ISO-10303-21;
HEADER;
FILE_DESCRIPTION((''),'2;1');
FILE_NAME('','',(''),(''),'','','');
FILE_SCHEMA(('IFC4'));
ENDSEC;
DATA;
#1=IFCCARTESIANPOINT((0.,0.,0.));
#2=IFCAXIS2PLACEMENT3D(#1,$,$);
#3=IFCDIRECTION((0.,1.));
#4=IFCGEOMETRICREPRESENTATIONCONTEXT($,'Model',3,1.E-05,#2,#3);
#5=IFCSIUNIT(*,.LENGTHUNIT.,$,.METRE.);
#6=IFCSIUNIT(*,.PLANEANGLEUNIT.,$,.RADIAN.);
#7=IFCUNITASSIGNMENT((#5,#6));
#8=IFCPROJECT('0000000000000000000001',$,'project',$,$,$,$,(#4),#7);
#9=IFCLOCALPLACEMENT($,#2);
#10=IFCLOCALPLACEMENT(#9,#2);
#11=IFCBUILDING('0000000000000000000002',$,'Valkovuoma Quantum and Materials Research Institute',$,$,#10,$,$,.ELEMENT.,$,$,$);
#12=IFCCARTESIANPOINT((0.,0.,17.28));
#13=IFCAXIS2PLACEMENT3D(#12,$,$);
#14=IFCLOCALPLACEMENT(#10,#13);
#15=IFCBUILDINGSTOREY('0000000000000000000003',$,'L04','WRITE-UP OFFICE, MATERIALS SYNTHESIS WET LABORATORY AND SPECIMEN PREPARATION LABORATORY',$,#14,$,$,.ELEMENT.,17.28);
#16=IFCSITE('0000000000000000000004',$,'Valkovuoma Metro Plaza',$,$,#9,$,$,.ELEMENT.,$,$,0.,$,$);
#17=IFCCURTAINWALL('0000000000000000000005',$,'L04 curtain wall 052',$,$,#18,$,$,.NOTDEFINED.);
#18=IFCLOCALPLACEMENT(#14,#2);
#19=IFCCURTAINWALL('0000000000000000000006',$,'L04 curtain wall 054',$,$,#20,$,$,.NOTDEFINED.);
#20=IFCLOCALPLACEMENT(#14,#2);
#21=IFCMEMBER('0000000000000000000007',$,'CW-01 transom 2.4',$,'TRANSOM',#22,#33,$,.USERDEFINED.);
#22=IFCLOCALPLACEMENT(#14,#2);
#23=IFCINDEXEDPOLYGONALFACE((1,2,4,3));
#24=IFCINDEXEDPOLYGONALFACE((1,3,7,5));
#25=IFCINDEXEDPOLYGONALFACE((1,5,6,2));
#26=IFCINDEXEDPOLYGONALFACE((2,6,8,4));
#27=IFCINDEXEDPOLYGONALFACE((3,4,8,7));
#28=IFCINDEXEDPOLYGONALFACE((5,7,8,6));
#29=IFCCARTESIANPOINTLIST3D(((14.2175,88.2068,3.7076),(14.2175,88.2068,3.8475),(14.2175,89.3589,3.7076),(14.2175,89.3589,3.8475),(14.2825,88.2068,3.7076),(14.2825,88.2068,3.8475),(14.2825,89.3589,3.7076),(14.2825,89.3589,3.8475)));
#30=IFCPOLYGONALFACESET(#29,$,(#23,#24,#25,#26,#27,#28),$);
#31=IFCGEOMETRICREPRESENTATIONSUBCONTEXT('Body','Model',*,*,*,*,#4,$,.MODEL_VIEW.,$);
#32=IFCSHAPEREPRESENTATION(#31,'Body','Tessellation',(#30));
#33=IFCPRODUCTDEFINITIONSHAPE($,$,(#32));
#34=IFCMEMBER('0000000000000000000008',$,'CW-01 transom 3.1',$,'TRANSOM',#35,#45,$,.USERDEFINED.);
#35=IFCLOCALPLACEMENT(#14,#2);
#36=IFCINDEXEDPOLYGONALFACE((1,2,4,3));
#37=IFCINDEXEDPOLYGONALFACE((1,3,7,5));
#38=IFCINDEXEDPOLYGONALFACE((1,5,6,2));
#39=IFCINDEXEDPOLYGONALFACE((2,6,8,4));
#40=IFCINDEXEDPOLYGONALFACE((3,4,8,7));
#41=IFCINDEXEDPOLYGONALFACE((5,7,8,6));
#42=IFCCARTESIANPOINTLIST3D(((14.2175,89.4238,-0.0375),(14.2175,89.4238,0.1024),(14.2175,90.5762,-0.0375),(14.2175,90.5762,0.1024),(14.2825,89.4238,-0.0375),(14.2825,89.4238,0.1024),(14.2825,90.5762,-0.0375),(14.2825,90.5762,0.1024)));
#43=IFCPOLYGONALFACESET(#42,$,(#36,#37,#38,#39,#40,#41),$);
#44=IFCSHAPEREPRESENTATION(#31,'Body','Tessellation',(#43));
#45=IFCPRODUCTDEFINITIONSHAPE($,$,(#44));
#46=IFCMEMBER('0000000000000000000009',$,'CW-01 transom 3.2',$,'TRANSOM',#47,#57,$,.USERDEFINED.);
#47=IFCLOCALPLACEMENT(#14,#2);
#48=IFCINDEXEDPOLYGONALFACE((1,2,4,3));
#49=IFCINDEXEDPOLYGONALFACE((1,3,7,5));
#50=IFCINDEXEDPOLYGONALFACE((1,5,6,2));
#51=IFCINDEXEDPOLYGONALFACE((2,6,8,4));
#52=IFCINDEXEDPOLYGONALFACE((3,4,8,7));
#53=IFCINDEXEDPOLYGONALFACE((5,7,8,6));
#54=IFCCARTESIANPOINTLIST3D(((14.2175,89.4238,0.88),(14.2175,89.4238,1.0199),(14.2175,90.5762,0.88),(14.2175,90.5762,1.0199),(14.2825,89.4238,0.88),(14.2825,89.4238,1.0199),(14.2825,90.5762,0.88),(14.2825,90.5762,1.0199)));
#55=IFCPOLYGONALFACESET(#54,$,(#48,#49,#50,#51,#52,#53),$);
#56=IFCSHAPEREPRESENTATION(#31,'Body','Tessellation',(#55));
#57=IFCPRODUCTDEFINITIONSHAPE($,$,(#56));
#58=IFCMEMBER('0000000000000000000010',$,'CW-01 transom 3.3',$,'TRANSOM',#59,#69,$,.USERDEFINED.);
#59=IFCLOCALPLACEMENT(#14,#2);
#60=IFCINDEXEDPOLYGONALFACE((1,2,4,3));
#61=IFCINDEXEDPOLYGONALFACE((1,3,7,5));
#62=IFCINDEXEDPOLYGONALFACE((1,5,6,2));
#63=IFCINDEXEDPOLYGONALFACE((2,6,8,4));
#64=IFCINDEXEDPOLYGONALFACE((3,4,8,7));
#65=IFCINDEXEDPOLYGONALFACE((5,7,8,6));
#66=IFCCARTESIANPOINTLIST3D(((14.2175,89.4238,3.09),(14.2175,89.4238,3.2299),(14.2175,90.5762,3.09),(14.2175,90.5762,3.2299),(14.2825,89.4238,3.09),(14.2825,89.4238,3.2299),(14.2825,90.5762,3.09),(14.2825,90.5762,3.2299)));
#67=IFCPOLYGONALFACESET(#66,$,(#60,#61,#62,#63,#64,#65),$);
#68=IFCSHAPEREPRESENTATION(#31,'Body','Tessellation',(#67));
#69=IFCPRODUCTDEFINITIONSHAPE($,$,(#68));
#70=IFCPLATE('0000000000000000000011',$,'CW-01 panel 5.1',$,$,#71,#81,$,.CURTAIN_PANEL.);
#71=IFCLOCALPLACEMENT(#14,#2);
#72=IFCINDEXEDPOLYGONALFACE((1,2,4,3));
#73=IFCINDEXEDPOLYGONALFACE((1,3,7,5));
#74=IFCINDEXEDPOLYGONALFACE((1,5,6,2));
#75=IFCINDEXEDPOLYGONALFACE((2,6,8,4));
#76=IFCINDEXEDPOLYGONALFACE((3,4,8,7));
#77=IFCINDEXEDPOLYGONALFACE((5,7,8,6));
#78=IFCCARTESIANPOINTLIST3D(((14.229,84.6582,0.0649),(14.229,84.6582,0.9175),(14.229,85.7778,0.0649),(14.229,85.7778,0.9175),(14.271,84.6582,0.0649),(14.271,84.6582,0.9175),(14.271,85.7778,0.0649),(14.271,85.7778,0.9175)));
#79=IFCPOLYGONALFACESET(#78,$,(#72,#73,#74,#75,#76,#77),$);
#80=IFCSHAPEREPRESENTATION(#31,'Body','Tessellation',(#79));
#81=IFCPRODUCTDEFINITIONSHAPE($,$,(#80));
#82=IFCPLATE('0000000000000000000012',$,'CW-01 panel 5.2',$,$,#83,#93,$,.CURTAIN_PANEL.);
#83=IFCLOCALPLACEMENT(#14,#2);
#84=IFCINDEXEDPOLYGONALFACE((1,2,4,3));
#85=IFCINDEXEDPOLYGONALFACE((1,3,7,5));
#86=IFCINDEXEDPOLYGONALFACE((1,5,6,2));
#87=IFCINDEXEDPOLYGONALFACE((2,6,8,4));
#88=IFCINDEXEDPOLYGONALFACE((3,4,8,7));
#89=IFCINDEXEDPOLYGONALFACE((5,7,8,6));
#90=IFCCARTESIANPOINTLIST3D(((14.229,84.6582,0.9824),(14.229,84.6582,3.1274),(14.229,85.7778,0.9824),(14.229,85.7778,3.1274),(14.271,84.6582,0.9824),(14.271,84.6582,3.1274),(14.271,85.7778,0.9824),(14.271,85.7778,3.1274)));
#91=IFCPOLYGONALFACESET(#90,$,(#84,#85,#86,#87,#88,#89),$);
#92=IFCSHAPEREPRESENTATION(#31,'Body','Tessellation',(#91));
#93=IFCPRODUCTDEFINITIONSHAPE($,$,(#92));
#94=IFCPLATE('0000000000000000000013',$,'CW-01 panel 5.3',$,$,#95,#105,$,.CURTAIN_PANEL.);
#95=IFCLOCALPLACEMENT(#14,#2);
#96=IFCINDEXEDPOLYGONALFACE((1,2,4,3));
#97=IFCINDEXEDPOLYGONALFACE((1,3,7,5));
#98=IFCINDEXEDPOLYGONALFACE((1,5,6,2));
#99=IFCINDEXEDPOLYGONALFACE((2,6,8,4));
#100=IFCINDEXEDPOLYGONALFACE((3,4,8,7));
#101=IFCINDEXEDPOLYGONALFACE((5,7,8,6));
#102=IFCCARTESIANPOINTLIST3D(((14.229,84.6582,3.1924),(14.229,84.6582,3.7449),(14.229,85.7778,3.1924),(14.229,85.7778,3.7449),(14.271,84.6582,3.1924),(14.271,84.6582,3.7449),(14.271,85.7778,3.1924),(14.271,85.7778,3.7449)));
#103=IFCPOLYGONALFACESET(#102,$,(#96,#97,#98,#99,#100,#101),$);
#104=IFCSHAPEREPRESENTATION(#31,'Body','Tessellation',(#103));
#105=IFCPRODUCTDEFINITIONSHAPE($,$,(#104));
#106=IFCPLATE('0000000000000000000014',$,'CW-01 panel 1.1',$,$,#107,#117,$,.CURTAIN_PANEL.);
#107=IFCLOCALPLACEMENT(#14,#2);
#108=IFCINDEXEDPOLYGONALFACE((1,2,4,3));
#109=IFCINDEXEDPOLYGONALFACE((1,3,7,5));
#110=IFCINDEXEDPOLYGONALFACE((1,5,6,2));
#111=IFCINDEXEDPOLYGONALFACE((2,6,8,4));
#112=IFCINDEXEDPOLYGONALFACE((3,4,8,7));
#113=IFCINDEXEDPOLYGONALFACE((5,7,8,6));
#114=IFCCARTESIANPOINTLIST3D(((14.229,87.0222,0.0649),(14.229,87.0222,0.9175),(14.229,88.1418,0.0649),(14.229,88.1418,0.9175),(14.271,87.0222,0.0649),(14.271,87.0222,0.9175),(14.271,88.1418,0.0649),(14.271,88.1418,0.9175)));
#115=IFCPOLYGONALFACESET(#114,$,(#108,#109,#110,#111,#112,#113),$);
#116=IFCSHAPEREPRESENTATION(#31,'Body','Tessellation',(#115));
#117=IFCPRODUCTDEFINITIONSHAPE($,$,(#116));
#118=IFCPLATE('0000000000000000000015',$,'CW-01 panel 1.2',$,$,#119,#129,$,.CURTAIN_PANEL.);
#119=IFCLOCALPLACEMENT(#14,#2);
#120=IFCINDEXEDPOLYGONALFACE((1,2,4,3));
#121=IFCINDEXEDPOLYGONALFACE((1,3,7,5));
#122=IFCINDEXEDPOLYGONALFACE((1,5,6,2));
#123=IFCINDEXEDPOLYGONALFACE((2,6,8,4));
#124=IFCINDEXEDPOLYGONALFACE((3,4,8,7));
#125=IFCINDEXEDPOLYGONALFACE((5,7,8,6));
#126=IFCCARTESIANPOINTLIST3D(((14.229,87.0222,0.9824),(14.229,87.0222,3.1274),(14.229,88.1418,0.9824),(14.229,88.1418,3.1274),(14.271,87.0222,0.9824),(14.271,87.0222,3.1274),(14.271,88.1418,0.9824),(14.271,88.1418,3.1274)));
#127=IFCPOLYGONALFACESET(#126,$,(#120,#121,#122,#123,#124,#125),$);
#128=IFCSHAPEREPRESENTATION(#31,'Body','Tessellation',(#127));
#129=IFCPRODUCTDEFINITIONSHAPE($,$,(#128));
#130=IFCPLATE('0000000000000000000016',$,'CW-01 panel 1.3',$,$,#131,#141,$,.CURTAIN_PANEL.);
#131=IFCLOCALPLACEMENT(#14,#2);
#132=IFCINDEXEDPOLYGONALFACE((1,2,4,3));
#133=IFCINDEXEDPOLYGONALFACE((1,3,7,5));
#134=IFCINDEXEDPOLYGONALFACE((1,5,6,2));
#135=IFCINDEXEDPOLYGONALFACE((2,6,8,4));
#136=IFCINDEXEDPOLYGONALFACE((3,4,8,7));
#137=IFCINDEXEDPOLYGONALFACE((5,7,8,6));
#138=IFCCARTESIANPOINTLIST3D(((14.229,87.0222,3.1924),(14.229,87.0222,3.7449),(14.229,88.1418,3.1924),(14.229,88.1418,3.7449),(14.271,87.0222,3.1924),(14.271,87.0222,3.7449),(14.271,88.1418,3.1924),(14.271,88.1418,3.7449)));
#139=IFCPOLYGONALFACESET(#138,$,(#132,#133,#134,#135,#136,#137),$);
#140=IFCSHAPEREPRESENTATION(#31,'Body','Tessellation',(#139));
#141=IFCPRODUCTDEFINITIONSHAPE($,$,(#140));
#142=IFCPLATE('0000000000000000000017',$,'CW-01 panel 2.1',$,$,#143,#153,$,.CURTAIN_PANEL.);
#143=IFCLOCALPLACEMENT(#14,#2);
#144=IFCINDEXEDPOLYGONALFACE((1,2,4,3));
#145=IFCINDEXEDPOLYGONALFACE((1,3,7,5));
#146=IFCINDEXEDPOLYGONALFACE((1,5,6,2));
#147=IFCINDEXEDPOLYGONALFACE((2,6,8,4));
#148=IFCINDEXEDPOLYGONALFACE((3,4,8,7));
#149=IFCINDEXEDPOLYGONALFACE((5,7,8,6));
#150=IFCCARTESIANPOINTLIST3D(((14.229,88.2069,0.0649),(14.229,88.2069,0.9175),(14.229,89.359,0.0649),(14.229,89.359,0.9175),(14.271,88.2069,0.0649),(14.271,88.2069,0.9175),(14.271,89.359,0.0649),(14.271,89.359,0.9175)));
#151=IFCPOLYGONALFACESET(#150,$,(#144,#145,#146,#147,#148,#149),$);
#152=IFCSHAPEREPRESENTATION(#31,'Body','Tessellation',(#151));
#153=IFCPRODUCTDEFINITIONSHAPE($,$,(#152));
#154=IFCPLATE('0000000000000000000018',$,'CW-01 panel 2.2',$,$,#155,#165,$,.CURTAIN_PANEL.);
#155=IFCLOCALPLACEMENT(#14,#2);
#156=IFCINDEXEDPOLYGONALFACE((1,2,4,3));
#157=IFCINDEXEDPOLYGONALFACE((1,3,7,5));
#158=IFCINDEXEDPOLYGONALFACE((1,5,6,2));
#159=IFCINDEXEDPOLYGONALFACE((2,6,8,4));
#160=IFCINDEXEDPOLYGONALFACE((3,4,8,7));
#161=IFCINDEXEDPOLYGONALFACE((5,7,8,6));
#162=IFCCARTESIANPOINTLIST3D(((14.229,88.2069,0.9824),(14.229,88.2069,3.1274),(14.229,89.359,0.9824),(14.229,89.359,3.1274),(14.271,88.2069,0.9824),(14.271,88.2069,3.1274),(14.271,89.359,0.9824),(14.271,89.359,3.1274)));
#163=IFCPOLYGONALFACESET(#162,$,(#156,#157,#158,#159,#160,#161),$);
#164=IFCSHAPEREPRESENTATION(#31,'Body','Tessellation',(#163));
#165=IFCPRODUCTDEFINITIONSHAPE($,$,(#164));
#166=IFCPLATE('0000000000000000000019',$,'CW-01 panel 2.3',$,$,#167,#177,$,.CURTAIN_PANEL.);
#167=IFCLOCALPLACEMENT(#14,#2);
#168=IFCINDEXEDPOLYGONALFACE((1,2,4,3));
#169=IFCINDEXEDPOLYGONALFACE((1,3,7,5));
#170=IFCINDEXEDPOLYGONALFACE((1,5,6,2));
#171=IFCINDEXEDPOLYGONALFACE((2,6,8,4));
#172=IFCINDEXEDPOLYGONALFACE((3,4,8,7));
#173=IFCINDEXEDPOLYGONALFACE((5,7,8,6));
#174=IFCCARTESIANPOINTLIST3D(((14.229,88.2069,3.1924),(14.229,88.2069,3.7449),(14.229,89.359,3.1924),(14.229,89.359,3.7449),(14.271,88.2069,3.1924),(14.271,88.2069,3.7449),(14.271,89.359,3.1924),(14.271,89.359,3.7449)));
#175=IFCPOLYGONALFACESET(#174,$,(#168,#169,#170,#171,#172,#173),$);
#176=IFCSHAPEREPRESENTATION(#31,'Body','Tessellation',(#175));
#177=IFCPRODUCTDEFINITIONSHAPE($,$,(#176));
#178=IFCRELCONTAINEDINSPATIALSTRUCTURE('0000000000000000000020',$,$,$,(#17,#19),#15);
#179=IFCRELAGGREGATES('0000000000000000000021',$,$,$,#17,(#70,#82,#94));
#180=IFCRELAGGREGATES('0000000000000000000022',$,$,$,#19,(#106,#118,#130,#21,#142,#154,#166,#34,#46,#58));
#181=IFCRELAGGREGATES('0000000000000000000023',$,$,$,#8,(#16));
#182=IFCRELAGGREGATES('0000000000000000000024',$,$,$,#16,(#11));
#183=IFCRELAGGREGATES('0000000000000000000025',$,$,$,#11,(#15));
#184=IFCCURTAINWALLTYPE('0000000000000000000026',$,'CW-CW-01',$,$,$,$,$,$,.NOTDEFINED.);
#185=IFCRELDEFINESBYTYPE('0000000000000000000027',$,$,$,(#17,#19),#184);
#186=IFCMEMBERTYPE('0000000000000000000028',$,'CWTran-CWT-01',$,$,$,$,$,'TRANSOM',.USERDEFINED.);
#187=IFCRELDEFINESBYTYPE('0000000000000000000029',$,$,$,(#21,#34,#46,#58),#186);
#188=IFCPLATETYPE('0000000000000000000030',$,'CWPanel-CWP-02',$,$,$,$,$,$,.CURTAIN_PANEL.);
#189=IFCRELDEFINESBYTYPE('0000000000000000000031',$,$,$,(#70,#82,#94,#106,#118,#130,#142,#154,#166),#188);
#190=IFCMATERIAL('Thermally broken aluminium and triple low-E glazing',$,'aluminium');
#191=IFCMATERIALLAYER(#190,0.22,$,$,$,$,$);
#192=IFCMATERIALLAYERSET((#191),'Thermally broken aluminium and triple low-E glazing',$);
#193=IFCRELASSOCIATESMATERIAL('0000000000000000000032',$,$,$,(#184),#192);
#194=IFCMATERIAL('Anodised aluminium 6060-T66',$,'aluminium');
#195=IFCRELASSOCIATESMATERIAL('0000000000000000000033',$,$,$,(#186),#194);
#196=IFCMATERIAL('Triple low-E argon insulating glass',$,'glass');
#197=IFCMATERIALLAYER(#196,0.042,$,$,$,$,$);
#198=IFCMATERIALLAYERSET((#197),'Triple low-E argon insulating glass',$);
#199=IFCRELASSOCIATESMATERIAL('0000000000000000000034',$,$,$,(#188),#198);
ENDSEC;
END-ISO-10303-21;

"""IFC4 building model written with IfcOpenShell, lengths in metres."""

from ifc_helpers import new_model, si_unit, direction, frame, origin, origin_2d, place, context, subcontext, project, spatial, rectangle, extrude, material, layer, layer_set, material_profile, profile_set, type_object, element, aggregate, save


model = new_model("IFC4")

# Units and contexts
model_context = context("Model", 3, precision=1e-05, world=origin(), true_north=direction((0.0, 1.0)))
body_context = subcontext(model_context, "Body", "Model", "MODEL_VIEW")
ifc_project = project(units=[si_unit("LENGTHUNIT", "METRE"), si_unit("PLANEANGLEUNIT", "RADIAN")], contexts=[model_context])

# Site, building, storey
site_placement = place(None, origin())
site = spatial("IfcSite", under=ifc_project, at=site_placement, Name="Valkovuoma Metro Plaza", CompositionType="ELEMENT", RefElevation=0.0)
building_placement = place(site_placement, origin())
building = spatial("IfcBuilding", under=site, at=building_placement, Name="Valkovuoma Quantum and Materials Research Institute", CompositionType="ELEMENT")
storey_placement = place(building_placement, frame((0.0, 0.0, 17.28)))
storey = spatial("IfcBuildingStorey", under=building, at=storey_placement, Name="L04", Description="WRITE-UP OFFICE, MATERIALS SYNTHESIS WET LABORATORY AND SPECIMEN PREPARATION LABORATORY", CompositionType="ELEMENT", Elevation=17.28)

# Curtain wall
ifc_material_1 = material(Name="Thermally broken aluminium and triple low-E glazing", Category="aluminium")
ifc_layer_1 = layer(ifc_material_1, 0.22)
ifc_layer_set_1 = layer_set([ifc_layer_1], Name="Thermally broken aluminium and triple low-E glazing")
curtain_wall_type = type_object("IfcCurtainWallType", Name="CW-CW-01", PredefinedType="NOTDEFINED", material=ifc_layer_set_1)
curtain_wall_1_placement = place(storey_placement, origin())
curtain_wall_1 = element("IfcCurtainWall", 1, at=curtain_wall_1_placement, inside=storey, type_object=curtain_wall_type, Name="L04 curtain wall 052", PredefinedType="NOTDEFINED")

# Curtain wall
curtain_wall_2_placement = place(storey_placement, origin())
curtain_wall_2 = element("IfcCurtainWall", 2, at=curtain_wall_2_placement, inside=storey, type_object=curtain_wall_type, Name="L04 curtain wall 054", PredefinedType="NOTDEFINED")

# Members
ifc_material_2 = material(Name="Anodised aluminium 6060-T66", Category="aluminium")
ifc_material_profile_1 = material_profile(ifc_material_2, rectangle(XDim=0.0649, YDim=0.1399, at=origin_2d()), Name="Anodised aluminium 6060-T66")
ifc_profile_set_1 = profile_set([ifc_material_profile_1], Name="Anodised aluminium 6060-T66")
member_type_1 = type_object("IfcMemberType", Name="CWTran-CWT-01", ElementType="TRANSOM", PredefinedType="USERDEFINED", material=ifc_profile_set_1)
member_1_placement = place(storey_placement, frame((14.25, 88.2068, 3.7776), z_axis=(0.0, 1.0, 0.0), x_axis=(-1.0, 0.0, 0.0)))
member_1 = element("IfcMember", 3, at=member_1_placement, type_object=member_type_1, Name="CW-01 transom 2.4", ObjectType="TRANSOM", PredefinedType="USERDEFINED", context=body_context, shape_type="SweptSolid", body=[
    extrude(rectangle(XDim=0.0649, YDim=0.1399, at=origin_2d()), origin(), (0.0, 0.0, 1.0), 1.1521),
])
member_2_placement = place(storey_placement, frame((14.25, 89.4238, 0.0325), z_axis=(0.0, 1.0, 0.0), x_axis=(-1.0, 0.0, 0.0)))
member_2 = element("IfcMember", 4, at=member_2_placement, type_object=member_type_1, Name="CW-01 transom 3.1", ObjectType="TRANSOM", PredefinedType="USERDEFINED", context=body_context, shape_type="SweptSolid", body=[
    extrude(rectangle(XDim=0.0649, YDim=0.1399, at=origin_2d()), origin(), (0.0, 0.0, 1.0), 1.1523),
])
member_3_placement = place(storey_placement, frame((14.25, 89.4238, 0.95), z_axis=(0.0, 1.0, 0.0), x_axis=(-1.0, 0.0, 0.0)))
member_3 = element("IfcMember", 5, at=member_3_placement, type_object=member_type_1, Name="CW-01 transom 3.2", ObjectType="TRANSOM", PredefinedType="USERDEFINED", context=body_context, shape_type="SweptSolid", body=[
    extrude(rectangle(XDim=0.0649, YDim=0.1399, at=origin_2d()), origin(), (0.0, 0.0, 1.0), 1.1523),
])
member_4_placement = place(storey_placement, frame((14.25, 89.4238, 3.1599), z_axis=(0.0, 1.0, 0.0), x_axis=(-1.0, 0.0, 0.0)))
member_4 = element("IfcMember", 6, at=member_4_placement, type_object=member_type_1, Name="CW-01 transom 3.3", ObjectType="TRANSOM", PredefinedType="USERDEFINED", context=body_context, shape_type="SweptSolid", body=[
    extrude(rectangle(XDim=0.0649, YDim=0.1399, at=origin_2d()), origin(), (0.0, 0.0, 1.0), 1.1523),
])

# Plates
ifc_material_3 = material(Name="Triple low-E argon insulating glass", Category="glass")
ifc_layer_2 = layer(ifc_material_3, 0.042)
ifc_layer_set_2 = layer_set([ifc_layer_2], Name="Triple low-E argon insulating glass")
plate_type = type_object("IfcPlateType", Name="CWPanel-CWP-02", PredefinedType="CURTAIN_PANEL", material=ifc_layer_set_2)
plate_1_placement = place(storey_placement, frame((14.25, 85.218, 0.0649), z_axis=(0.0, 0.0, 1.0), x_axis=(0.0, 1.0, 0.0)))
plate_1 = element("IfcPlate", 7, at=plate_1_placement, type_object=plate_type, Name="CW-01 panel 5.1", PredefinedType="CURTAIN_PANEL", context=body_context, shape_type="SweptSolid", body=[
    extrude(rectangle(XDim=1.1196, YDim=0.042, at=origin_2d()), origin(), (0.0, 0.0, 1.0), 0.8525),
])
plate_2_placement = place(storey_placement, frame((14.25, 85.218, 0.9824), z_axis=(0.0, 0.0, 1.0), x_axis=(0.0, 1.0, 0.0)))
plate_2 = element("IfcPlate", 8, at=plate_2_placement, type_object=plate_type, Name="CW-01 panel 5.2", PredefinedType="CURTAIN_PANEL", context=body_context, shape_type="SweptSolid", body=[
    extrude(rectangle(XDim=1.1196, YDim=0.042, at=origin_2d()), origin(), (0.0, 0.0, 1.0), 2.145),
])
plate_3_placement = place(storey_placement, frame((14.25, 85.218, 3.1924), z_axis=(0.0, 0.0, 1.0), x_axis=(0.0, 1.0, 0.0)))
plate_3 = element("IfcPlate", 9, at=plate_3_placement, type_object=plate_type, Name="CW-01 panel 5.3", PredefinedType="CURTAIN_PANEL", context=body_context, shape_type="SweptSolid", body=[
    extrude(rectangle(XDim=1.1196, YDim=0.042, at=origin_2d()), origin(), (0.0, 0.0, 1.0), 0.5525),
])
aggregate(curtain_wall_1, [plate_1, plate_2, plate_3])
plate_4_placement = place(storey_placement, frame((14.25, 87.582, 0.0649), z_axis=(0.0, 0.0, 1.0), x_axis=(0.0, 1.0, 0.0)))
plate_4 = element("IfcPlate", 10, at=plate_4_placement, type_object=plate_type, Name="CW-01 panel 1.1", PredefinedType="CURTAIN_PANEL", context=body_context, shape_type="SweptSolid", body=[
    extrude(rectangle(XDim=1.1196, YDim=0.042, at=origin_2d()), origin(), (0.0, 0.0, 1.0), 0.8525),
])
plate_5_placement = place(storey_placement, frame((14.25, 87.582, 0.9824), z_axis=(0.0, 0.0, 1.0), x_axis=(0.0, 1.0, 0.0)))
plate_5 = element("IfcPlate", 11, at=plate_5_placement, type_object=plate_type, Name="CW-01 panel 1.2", PredefinedType="CURTAIN_PANEL", context=body_context, shape_type="SweptSolid", body=[
    extrude(rectangle(XDim=1.1196, YDim=0.042, at=origin_2d()), origin(), (0.0, 0.0, 1.0), 2.145),
])
plate_6_placement = place(storey_placement, frame((14.25, 87.582, 3.1924), z_axis=(0.0, 0.0, 1.0), x_axis=(0.0, 1.0, 0.0)))
plate_6 = element("IfcPlate", 12, at=plate_6_placement, type_object=plate_type, Name="CW-01 panel 1.3", PredefinedType="CURTAIN_PANEL", context=body_context, shape_type="SweptSolid", body=[
    extrude(rectangle(XDim=1.1196, YDim=0.042, at=origin_2d()), origin(), (0.0, 0.0, 1.0), 0.5525),
])
plate_7_placement = place(storey_placement, frame((14.25, 88.783, 0.0649), z_axis=(0.0, 0.0, 1.0), x_axis=(0.0, 1.0, 0.0)))
plate_7 = element("IfcPlate", 13, at=plate_7_placement, type_object=plate_type, Name="CW-01 panel 2.1", PredefinedType="CURTAIN_PANEL", context=body_context, shape_type="SweptSolid", body=[
    extrude(rectangle(XDim=1.1521, YDim=0.042, at=origin_2d()), origin(), (0.0, 0.0, 1.0), 0.8525),
])
plate_8_placement = place(storey_placement, frame((14.25, 88.783, 0.9824), z_axis=(0.0, 0.0, 1.0), x_axis=(0.0, 1.0, 0.0)))
plate_8 = element("IfcPlate", 14, at=plate_8_placement, type_object=plate_type, Name="CW-01 panel 2.2", PredefinedType="CURTAIN_PANEL", context=body_context, shape_type="SweptSolid", body=[
    extrude(rectangle(XDim=1.1521, YDim=0.042, at=origin_2d()), origin(), (0.0, 0.0, 1.0), 2.145),
])
plate_9_placement = place(storey_placement, frame((14.25, 88.783, 3.1924), z_axis=(0.0, 0.0, 1.0), x_axis=(0.0, 1.0, 0.0)))
plate_9 = element("IfcPlate", 15, at=plate_9_placement, type_object=plate_type, Name="CW-01 panel 2.3", PredefinedType="CURTAIN_PANEL", context=body_context, shape_type="SweptSolid", body=[
    extrude(rectangle(XDim=1.1521, YDim=0.042, at=origin_2d()), origin(), (0.0, 0.0, 1.0), 0.5525),
])
aggregate(curtain_wall_2, [plate_4, plate_5, plate_6, member_1, plate_7, plate_8, plate_9, member_2, member_3, member_4])

save(model, "model.ifc")
